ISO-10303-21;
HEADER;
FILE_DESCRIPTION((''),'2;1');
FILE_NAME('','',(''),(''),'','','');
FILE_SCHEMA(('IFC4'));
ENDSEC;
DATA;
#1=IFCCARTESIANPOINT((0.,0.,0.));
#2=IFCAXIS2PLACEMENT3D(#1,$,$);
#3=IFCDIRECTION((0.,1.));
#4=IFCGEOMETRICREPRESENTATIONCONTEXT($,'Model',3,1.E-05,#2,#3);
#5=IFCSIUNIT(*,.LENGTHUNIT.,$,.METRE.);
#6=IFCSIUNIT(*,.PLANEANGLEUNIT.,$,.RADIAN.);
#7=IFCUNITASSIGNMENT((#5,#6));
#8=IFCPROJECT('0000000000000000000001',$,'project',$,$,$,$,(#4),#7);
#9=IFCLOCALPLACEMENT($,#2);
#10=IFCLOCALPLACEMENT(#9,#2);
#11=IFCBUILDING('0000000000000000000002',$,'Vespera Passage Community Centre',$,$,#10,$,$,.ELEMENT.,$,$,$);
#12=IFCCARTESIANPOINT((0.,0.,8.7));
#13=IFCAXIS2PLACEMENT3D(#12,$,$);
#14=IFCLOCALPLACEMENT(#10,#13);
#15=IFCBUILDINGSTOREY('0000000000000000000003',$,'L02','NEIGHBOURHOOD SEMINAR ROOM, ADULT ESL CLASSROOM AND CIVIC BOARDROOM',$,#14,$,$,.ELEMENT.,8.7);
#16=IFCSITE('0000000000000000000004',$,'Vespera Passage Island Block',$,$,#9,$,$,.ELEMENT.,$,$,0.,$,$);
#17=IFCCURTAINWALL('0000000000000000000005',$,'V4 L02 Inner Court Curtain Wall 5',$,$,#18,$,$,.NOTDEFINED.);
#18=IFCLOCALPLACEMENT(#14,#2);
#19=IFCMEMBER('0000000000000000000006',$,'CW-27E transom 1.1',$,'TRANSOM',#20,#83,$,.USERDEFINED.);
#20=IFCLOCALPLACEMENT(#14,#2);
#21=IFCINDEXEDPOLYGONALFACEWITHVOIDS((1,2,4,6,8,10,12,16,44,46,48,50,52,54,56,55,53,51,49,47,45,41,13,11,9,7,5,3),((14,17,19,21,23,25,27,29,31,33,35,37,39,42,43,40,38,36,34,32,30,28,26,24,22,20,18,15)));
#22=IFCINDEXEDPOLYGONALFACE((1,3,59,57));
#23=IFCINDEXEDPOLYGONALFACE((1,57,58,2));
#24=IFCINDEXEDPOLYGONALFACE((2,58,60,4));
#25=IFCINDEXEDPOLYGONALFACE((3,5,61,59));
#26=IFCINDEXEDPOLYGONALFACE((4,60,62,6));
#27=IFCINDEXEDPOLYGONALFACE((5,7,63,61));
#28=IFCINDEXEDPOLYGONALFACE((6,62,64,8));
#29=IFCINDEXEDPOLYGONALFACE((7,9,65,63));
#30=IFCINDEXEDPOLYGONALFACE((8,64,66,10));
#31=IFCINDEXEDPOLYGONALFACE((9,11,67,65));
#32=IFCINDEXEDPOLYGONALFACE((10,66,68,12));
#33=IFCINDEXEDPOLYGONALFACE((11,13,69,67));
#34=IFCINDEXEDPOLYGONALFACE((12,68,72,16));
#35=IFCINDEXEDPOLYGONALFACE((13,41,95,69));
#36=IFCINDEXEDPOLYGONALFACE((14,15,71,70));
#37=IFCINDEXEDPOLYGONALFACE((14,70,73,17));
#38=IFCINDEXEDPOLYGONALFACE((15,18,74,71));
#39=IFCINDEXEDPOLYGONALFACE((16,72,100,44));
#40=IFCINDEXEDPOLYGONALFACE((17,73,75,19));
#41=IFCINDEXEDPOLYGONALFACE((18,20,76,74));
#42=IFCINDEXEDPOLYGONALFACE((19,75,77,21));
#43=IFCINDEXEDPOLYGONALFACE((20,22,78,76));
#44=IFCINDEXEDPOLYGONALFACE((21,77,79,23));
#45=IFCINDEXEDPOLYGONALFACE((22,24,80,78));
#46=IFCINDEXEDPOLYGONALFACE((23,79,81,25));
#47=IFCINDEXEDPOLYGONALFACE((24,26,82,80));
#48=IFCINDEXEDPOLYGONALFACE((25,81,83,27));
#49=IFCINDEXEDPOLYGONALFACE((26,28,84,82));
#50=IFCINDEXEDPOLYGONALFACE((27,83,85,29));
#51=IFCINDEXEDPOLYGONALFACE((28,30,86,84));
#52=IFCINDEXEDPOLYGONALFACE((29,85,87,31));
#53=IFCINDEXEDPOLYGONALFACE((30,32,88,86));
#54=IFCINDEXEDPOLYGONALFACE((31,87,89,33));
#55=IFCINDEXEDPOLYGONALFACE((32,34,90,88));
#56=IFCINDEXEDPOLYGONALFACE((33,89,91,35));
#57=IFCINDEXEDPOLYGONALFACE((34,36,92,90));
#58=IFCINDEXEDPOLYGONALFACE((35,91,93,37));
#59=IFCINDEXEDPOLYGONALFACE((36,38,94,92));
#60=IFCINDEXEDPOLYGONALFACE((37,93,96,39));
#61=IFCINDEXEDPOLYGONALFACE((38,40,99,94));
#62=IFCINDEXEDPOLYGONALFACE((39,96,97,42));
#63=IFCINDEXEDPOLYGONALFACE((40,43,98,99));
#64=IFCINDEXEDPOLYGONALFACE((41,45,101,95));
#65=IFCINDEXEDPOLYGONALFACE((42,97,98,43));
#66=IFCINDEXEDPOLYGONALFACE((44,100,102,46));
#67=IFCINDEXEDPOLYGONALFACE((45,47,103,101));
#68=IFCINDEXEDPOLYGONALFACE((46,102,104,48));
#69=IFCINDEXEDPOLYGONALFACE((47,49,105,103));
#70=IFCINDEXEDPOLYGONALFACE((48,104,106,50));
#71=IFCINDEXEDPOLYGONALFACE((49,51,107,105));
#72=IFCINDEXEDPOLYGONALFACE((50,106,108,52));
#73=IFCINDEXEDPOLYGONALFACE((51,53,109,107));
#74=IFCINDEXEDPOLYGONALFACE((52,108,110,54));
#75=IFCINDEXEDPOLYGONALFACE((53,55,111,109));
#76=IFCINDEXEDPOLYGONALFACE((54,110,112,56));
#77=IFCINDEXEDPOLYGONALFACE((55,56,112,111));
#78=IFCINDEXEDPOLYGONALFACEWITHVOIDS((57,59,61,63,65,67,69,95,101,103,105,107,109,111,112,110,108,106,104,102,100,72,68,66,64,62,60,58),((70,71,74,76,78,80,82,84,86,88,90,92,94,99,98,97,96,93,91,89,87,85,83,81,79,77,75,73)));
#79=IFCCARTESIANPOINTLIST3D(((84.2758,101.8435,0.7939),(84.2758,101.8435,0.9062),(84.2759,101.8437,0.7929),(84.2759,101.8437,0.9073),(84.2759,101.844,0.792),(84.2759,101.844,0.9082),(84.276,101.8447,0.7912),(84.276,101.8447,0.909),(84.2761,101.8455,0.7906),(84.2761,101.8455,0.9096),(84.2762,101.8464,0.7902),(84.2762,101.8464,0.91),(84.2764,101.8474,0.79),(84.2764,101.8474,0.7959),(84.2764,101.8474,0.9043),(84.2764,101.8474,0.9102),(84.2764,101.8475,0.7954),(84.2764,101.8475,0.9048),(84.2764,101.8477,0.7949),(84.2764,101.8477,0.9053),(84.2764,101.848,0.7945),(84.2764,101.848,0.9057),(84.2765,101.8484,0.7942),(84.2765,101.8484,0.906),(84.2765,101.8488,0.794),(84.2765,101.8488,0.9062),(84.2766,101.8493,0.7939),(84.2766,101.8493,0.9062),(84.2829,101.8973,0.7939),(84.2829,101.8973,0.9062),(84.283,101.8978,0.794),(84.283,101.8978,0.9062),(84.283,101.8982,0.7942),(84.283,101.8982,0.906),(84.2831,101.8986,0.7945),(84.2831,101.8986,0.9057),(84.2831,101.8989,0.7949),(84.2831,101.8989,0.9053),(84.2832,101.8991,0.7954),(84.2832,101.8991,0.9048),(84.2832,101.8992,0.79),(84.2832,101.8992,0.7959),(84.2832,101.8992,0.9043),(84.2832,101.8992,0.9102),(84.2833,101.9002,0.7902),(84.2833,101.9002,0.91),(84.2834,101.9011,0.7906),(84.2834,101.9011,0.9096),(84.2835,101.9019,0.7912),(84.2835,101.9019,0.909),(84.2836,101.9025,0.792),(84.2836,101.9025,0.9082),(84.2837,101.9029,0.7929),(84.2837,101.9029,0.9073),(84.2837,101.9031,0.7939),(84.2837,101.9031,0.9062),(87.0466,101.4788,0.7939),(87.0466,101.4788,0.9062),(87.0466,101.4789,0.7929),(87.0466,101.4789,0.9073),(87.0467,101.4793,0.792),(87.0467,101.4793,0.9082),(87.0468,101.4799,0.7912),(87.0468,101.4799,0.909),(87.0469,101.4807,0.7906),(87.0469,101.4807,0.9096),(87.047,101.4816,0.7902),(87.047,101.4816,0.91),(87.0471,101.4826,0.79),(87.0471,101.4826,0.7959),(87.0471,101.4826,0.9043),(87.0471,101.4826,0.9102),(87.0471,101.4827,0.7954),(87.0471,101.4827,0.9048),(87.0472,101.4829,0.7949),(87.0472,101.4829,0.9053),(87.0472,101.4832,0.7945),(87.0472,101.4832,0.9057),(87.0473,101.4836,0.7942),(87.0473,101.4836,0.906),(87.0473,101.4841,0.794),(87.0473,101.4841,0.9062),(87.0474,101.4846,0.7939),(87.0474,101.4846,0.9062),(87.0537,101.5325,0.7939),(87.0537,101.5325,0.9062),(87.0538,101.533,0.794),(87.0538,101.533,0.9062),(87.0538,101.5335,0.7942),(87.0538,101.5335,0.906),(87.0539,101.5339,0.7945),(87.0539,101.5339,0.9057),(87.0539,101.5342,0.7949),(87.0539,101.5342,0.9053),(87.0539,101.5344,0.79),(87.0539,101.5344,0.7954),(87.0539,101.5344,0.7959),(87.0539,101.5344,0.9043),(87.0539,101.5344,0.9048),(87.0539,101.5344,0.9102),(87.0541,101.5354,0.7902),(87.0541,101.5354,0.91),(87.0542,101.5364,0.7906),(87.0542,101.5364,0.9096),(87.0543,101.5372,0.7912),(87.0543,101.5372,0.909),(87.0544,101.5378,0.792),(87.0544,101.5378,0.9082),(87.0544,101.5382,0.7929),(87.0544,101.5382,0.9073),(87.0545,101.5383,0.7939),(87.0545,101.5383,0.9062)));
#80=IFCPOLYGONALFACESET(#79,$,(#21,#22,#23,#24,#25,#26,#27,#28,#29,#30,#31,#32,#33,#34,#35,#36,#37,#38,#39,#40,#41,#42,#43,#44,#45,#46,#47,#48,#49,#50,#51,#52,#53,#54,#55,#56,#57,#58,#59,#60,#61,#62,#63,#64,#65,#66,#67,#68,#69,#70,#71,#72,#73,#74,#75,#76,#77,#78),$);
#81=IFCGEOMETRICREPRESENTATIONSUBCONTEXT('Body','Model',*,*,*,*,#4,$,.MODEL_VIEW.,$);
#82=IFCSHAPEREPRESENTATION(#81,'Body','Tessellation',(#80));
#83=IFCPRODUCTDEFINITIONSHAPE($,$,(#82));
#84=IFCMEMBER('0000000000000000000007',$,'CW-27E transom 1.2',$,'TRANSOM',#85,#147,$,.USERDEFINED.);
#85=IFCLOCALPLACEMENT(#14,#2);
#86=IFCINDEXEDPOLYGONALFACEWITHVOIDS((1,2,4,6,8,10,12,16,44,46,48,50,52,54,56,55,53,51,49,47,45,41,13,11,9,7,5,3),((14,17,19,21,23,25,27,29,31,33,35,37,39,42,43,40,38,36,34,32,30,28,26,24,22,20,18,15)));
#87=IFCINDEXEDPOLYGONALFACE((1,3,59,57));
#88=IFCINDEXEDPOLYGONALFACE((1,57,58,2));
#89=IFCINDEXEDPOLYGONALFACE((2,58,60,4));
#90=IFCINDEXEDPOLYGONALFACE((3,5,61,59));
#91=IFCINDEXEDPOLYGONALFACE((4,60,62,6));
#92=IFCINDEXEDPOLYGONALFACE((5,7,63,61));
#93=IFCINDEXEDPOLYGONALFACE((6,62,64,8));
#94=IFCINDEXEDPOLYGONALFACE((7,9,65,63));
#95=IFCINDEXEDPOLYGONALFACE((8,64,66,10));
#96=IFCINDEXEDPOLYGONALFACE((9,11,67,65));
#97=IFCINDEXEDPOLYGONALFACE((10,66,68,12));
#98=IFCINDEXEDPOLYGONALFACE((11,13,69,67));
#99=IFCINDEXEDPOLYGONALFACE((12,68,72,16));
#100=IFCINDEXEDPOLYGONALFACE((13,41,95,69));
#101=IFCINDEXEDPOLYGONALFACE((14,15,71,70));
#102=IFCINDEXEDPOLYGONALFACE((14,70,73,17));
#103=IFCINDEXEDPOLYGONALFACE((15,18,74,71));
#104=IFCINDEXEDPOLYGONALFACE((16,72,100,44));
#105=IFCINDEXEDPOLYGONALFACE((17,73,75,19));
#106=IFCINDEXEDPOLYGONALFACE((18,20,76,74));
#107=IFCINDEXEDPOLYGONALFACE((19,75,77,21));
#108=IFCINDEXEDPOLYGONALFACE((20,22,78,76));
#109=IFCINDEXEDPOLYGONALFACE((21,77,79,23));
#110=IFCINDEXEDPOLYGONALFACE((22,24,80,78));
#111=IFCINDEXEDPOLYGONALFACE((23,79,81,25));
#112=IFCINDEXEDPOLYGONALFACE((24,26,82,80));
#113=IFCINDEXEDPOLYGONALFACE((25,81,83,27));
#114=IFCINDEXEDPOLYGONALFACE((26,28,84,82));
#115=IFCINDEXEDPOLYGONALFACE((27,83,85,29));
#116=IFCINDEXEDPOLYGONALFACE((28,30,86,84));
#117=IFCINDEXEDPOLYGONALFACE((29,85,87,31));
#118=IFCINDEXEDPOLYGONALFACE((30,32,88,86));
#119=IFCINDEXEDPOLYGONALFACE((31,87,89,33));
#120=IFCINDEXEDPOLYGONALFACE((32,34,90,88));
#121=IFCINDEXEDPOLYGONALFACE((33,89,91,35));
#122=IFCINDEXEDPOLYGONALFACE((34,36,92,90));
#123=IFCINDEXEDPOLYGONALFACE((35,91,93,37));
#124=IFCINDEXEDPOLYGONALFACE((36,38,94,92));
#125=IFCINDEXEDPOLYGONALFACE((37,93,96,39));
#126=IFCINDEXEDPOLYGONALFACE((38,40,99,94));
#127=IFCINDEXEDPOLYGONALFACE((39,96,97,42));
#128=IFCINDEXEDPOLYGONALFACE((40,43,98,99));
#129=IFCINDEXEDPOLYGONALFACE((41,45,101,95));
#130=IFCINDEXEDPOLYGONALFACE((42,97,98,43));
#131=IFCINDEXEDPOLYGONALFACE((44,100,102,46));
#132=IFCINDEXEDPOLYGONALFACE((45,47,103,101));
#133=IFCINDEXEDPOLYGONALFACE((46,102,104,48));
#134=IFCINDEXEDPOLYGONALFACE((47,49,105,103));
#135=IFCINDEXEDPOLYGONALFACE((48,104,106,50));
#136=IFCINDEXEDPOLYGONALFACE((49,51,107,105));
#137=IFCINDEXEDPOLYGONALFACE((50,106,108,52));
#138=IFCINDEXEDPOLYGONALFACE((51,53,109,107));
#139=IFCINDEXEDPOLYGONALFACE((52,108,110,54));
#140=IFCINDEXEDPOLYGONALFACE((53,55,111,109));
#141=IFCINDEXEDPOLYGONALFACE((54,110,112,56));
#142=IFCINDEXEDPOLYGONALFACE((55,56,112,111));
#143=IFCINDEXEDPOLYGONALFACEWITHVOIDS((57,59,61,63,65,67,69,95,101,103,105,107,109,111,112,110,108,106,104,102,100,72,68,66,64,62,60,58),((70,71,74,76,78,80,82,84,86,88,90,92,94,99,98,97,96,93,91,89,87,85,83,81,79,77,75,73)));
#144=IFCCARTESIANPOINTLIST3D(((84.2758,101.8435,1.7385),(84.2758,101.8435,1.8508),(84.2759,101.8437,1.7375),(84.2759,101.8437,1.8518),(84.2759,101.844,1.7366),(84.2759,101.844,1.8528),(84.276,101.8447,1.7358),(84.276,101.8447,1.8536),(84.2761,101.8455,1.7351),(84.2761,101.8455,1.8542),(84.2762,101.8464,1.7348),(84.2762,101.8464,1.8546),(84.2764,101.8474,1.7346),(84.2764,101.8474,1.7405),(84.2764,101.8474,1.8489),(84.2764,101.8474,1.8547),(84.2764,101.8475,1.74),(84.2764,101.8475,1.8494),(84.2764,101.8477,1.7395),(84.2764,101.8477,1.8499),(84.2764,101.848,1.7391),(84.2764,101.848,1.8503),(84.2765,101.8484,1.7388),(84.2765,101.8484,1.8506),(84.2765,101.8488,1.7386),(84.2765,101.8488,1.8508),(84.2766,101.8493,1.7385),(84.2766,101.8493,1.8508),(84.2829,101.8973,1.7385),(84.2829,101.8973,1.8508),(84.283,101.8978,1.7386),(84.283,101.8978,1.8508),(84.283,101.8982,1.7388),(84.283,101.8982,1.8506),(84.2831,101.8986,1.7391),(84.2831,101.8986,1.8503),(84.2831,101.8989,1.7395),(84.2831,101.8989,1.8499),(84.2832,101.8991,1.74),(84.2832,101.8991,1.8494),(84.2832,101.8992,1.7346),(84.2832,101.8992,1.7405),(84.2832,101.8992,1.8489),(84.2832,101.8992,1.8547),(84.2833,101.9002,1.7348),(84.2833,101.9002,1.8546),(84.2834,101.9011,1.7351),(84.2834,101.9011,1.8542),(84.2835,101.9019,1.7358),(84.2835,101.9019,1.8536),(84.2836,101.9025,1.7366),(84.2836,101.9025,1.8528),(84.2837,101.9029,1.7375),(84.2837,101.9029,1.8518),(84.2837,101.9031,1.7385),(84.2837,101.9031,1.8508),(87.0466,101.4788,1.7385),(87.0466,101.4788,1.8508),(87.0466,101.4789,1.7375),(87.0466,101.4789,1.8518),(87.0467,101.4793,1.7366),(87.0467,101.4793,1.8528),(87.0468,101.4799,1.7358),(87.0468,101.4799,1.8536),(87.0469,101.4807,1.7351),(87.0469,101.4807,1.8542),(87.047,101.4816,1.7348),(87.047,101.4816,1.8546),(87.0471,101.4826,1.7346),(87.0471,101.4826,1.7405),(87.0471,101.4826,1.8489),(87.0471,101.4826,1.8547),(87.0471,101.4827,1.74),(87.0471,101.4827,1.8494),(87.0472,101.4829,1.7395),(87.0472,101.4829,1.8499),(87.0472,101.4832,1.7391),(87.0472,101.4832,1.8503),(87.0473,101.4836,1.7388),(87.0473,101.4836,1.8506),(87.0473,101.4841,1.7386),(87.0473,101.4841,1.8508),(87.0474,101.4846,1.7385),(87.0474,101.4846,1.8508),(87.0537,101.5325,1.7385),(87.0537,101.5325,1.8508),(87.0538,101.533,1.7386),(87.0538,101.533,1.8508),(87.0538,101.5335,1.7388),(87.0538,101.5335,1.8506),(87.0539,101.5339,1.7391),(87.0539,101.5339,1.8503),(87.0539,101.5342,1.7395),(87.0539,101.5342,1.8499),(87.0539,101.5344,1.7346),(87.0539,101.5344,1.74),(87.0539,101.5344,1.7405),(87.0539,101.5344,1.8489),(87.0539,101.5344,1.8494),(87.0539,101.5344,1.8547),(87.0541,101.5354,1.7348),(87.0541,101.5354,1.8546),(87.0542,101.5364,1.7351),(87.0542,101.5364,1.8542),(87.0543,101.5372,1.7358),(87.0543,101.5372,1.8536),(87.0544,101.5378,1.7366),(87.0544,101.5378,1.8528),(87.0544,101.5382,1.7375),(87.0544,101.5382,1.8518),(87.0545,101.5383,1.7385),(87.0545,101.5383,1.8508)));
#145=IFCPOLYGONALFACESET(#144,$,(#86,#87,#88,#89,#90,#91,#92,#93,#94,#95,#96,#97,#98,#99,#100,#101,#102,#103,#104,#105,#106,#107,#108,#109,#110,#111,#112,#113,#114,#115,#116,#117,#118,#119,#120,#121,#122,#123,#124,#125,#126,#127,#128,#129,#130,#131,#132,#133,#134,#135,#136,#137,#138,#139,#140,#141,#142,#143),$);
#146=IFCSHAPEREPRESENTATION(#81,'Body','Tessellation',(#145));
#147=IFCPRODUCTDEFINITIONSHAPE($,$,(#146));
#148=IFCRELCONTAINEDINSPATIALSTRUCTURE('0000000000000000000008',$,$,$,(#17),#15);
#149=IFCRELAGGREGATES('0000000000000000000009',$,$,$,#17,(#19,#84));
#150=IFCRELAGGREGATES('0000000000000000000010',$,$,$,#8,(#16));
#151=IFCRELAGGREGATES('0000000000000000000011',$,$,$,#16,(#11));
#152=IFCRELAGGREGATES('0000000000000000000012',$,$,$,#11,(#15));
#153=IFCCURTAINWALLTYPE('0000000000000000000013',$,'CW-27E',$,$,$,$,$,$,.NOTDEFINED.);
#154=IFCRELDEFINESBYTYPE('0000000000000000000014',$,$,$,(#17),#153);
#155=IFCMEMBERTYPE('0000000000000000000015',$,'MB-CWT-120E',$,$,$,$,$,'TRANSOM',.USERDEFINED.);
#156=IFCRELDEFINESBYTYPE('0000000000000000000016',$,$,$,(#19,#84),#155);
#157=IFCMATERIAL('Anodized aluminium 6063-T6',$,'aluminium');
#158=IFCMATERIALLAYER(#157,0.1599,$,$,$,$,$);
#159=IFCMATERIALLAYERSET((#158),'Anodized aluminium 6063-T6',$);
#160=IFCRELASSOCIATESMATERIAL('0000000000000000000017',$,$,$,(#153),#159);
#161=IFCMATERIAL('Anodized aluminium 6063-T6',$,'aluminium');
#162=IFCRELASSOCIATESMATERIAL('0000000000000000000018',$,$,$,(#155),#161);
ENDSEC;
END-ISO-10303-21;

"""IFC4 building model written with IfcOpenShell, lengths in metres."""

from ifc_helpers import new_model, si_unit, direction, frame, origin, origin_2d, place, context, subcontext, project, spatial, hollow_rectangle, extrude, material, layer, layer_set, material_profile, profile_set, type_object, element, aggregate, save


model = new_model("IFC4")

# Units and contexts
model_context = context("Model", 3, precision=1e-05, world=origin(), true_north=direction((0.0, 1.0)))
body_context = subcontext(model_context, "Body", "Model", "MODEL_VIEW")
ifc_project = project(units=[si_unit("LENGTHUNIT", "METRE"), si_unit("PLANEANGLEUNIT", "RADIAN")], contexts=[model_context])

# Site, building, storey
site_placement = place(None, origin())
site = spatial("IfcSite", under=ifc_project, at=site_placement, Name="Vespera Passage Island Block", CompositionType="ELEMENT", RefElevation=0.0)
building_placement = place(site_placement, origin())
building = spatial("IfcBuilding", under=site, at=building_placement, Name="Vespera Passage Community Centre", CompositionType="ELEMENT")
storey_placement = place(building_placement, frame((0.0, 0.0, 8.7)))
storey = spatial("IfcBuildingStorey", under=building, at=storey_placement, Name="L02", Description="NEIGHBOURHOOD SEMINAR ROOM, ADULT ESL CLASSROOM AND CIVIC BOARDROOM", CompositionType="ELEMENT", Elevation=8.7)

# Curtain wall
ifc_material_1 = material(Name="Anodized aluminium 6063-T6", Category="aluminium")
ifc_layer_1 = layer(ifc_material_1, 0.1599)
ifc_layer_set_1 = layer_set([ifc_layer_1], Name="Anodized aluminium 6063-T6")
curtain_wall_type_1 = type_object("IfcCurtainWallType", Name="CW-27E", PredefinedType="NOTDEFINED", material=ifc_layer_set_1)
curtain_wall_1_placement = place(storey_placement, origin())
curtain_wall_1 = element("IfcCurtainWall", 1, at=curtain_wall_1_placement, inside=storey, type_object=curtain_wall_type_1, Name="V4 L02 Inner Court Curtain Wall 5", PredefinedType="NOTDEFINED")

# Members
ifc_material_2 = material(Name="Anodized aluminium 6063-T6", Category="aluminium")
ifc_material_profile_1 = material_profile(ifc_material_2, hollow_rectangle(XDim=0.0601, YDim=0.1201, WallThickness=0.0039, InnerFilletRadius=0.002, OuterFilletRadius=0.0039, at=origin_2d()), Name="ALU120X60X4")
ifc_profile_set_1 = profile_set([ifc_material_profile_1], Name="Anodized aluminium 6063-T6")
member_type_1 = type_object("IfcMemberType", Name="MB-CWT-120E", ElementType="TRANSOM", PredefinedType="USERDEFINED", material=ifc_profile_set_1)
member_1_placement = place(storey_placement, frame((87.0505, 101.5085, 0.8501), z_axis=(-0.991446, 0.130516, 0.0), x_axis=(-0.130516, -0.991446, 0.0)))
member_1 = element("IfcMember", 2, at=member_1_placement, type_object=member_type_1, Name="CW-27E transom 1.1", ObjectType="TRANSOM", PredefinedType="USERDEFINED", context=body_context, shape_type="SweptSolid", body=[
    extrude(hollow_rectangle(XDim=0.0601, YDim=0.1201, WallThickness=0.0039, InnerFilletRadius=0.002, OuterFilletRadius=0.0039, at=origin_2d()), origin(), (0.0, 0.0, 1.0), 2.7947),
])
member_2_placement = place(storey_placement, frame((87.0505, 101.5085, 1.7947), z_axis=(-0.991446, 0.130516, 0.0), x_axis=(-0.130516, -0.991446, 0.0)))
member_2 = element("IfcMember", 3, at=member_2_placement, type_object=member_type_1, Name="CW-27E transom 1.2", ObjectType="TRANSOM", PredefinedType="USERDEFINED", context=body_context, shape_type="SweptSolid", body=[
    extrude(hollow_rectangle(XDim=0.0601, YDim=0.1201, WallThickness=0.0039, InnerFilletRadius=0.002, OuterFilletRadius=0.0039, at=origin_2d()), origin(), (0.0, 0.0, 1.0), 2.7947),
])
aggregate(curtain_wall_1, [member_1, member_2])

save(model, "model.ifc")
